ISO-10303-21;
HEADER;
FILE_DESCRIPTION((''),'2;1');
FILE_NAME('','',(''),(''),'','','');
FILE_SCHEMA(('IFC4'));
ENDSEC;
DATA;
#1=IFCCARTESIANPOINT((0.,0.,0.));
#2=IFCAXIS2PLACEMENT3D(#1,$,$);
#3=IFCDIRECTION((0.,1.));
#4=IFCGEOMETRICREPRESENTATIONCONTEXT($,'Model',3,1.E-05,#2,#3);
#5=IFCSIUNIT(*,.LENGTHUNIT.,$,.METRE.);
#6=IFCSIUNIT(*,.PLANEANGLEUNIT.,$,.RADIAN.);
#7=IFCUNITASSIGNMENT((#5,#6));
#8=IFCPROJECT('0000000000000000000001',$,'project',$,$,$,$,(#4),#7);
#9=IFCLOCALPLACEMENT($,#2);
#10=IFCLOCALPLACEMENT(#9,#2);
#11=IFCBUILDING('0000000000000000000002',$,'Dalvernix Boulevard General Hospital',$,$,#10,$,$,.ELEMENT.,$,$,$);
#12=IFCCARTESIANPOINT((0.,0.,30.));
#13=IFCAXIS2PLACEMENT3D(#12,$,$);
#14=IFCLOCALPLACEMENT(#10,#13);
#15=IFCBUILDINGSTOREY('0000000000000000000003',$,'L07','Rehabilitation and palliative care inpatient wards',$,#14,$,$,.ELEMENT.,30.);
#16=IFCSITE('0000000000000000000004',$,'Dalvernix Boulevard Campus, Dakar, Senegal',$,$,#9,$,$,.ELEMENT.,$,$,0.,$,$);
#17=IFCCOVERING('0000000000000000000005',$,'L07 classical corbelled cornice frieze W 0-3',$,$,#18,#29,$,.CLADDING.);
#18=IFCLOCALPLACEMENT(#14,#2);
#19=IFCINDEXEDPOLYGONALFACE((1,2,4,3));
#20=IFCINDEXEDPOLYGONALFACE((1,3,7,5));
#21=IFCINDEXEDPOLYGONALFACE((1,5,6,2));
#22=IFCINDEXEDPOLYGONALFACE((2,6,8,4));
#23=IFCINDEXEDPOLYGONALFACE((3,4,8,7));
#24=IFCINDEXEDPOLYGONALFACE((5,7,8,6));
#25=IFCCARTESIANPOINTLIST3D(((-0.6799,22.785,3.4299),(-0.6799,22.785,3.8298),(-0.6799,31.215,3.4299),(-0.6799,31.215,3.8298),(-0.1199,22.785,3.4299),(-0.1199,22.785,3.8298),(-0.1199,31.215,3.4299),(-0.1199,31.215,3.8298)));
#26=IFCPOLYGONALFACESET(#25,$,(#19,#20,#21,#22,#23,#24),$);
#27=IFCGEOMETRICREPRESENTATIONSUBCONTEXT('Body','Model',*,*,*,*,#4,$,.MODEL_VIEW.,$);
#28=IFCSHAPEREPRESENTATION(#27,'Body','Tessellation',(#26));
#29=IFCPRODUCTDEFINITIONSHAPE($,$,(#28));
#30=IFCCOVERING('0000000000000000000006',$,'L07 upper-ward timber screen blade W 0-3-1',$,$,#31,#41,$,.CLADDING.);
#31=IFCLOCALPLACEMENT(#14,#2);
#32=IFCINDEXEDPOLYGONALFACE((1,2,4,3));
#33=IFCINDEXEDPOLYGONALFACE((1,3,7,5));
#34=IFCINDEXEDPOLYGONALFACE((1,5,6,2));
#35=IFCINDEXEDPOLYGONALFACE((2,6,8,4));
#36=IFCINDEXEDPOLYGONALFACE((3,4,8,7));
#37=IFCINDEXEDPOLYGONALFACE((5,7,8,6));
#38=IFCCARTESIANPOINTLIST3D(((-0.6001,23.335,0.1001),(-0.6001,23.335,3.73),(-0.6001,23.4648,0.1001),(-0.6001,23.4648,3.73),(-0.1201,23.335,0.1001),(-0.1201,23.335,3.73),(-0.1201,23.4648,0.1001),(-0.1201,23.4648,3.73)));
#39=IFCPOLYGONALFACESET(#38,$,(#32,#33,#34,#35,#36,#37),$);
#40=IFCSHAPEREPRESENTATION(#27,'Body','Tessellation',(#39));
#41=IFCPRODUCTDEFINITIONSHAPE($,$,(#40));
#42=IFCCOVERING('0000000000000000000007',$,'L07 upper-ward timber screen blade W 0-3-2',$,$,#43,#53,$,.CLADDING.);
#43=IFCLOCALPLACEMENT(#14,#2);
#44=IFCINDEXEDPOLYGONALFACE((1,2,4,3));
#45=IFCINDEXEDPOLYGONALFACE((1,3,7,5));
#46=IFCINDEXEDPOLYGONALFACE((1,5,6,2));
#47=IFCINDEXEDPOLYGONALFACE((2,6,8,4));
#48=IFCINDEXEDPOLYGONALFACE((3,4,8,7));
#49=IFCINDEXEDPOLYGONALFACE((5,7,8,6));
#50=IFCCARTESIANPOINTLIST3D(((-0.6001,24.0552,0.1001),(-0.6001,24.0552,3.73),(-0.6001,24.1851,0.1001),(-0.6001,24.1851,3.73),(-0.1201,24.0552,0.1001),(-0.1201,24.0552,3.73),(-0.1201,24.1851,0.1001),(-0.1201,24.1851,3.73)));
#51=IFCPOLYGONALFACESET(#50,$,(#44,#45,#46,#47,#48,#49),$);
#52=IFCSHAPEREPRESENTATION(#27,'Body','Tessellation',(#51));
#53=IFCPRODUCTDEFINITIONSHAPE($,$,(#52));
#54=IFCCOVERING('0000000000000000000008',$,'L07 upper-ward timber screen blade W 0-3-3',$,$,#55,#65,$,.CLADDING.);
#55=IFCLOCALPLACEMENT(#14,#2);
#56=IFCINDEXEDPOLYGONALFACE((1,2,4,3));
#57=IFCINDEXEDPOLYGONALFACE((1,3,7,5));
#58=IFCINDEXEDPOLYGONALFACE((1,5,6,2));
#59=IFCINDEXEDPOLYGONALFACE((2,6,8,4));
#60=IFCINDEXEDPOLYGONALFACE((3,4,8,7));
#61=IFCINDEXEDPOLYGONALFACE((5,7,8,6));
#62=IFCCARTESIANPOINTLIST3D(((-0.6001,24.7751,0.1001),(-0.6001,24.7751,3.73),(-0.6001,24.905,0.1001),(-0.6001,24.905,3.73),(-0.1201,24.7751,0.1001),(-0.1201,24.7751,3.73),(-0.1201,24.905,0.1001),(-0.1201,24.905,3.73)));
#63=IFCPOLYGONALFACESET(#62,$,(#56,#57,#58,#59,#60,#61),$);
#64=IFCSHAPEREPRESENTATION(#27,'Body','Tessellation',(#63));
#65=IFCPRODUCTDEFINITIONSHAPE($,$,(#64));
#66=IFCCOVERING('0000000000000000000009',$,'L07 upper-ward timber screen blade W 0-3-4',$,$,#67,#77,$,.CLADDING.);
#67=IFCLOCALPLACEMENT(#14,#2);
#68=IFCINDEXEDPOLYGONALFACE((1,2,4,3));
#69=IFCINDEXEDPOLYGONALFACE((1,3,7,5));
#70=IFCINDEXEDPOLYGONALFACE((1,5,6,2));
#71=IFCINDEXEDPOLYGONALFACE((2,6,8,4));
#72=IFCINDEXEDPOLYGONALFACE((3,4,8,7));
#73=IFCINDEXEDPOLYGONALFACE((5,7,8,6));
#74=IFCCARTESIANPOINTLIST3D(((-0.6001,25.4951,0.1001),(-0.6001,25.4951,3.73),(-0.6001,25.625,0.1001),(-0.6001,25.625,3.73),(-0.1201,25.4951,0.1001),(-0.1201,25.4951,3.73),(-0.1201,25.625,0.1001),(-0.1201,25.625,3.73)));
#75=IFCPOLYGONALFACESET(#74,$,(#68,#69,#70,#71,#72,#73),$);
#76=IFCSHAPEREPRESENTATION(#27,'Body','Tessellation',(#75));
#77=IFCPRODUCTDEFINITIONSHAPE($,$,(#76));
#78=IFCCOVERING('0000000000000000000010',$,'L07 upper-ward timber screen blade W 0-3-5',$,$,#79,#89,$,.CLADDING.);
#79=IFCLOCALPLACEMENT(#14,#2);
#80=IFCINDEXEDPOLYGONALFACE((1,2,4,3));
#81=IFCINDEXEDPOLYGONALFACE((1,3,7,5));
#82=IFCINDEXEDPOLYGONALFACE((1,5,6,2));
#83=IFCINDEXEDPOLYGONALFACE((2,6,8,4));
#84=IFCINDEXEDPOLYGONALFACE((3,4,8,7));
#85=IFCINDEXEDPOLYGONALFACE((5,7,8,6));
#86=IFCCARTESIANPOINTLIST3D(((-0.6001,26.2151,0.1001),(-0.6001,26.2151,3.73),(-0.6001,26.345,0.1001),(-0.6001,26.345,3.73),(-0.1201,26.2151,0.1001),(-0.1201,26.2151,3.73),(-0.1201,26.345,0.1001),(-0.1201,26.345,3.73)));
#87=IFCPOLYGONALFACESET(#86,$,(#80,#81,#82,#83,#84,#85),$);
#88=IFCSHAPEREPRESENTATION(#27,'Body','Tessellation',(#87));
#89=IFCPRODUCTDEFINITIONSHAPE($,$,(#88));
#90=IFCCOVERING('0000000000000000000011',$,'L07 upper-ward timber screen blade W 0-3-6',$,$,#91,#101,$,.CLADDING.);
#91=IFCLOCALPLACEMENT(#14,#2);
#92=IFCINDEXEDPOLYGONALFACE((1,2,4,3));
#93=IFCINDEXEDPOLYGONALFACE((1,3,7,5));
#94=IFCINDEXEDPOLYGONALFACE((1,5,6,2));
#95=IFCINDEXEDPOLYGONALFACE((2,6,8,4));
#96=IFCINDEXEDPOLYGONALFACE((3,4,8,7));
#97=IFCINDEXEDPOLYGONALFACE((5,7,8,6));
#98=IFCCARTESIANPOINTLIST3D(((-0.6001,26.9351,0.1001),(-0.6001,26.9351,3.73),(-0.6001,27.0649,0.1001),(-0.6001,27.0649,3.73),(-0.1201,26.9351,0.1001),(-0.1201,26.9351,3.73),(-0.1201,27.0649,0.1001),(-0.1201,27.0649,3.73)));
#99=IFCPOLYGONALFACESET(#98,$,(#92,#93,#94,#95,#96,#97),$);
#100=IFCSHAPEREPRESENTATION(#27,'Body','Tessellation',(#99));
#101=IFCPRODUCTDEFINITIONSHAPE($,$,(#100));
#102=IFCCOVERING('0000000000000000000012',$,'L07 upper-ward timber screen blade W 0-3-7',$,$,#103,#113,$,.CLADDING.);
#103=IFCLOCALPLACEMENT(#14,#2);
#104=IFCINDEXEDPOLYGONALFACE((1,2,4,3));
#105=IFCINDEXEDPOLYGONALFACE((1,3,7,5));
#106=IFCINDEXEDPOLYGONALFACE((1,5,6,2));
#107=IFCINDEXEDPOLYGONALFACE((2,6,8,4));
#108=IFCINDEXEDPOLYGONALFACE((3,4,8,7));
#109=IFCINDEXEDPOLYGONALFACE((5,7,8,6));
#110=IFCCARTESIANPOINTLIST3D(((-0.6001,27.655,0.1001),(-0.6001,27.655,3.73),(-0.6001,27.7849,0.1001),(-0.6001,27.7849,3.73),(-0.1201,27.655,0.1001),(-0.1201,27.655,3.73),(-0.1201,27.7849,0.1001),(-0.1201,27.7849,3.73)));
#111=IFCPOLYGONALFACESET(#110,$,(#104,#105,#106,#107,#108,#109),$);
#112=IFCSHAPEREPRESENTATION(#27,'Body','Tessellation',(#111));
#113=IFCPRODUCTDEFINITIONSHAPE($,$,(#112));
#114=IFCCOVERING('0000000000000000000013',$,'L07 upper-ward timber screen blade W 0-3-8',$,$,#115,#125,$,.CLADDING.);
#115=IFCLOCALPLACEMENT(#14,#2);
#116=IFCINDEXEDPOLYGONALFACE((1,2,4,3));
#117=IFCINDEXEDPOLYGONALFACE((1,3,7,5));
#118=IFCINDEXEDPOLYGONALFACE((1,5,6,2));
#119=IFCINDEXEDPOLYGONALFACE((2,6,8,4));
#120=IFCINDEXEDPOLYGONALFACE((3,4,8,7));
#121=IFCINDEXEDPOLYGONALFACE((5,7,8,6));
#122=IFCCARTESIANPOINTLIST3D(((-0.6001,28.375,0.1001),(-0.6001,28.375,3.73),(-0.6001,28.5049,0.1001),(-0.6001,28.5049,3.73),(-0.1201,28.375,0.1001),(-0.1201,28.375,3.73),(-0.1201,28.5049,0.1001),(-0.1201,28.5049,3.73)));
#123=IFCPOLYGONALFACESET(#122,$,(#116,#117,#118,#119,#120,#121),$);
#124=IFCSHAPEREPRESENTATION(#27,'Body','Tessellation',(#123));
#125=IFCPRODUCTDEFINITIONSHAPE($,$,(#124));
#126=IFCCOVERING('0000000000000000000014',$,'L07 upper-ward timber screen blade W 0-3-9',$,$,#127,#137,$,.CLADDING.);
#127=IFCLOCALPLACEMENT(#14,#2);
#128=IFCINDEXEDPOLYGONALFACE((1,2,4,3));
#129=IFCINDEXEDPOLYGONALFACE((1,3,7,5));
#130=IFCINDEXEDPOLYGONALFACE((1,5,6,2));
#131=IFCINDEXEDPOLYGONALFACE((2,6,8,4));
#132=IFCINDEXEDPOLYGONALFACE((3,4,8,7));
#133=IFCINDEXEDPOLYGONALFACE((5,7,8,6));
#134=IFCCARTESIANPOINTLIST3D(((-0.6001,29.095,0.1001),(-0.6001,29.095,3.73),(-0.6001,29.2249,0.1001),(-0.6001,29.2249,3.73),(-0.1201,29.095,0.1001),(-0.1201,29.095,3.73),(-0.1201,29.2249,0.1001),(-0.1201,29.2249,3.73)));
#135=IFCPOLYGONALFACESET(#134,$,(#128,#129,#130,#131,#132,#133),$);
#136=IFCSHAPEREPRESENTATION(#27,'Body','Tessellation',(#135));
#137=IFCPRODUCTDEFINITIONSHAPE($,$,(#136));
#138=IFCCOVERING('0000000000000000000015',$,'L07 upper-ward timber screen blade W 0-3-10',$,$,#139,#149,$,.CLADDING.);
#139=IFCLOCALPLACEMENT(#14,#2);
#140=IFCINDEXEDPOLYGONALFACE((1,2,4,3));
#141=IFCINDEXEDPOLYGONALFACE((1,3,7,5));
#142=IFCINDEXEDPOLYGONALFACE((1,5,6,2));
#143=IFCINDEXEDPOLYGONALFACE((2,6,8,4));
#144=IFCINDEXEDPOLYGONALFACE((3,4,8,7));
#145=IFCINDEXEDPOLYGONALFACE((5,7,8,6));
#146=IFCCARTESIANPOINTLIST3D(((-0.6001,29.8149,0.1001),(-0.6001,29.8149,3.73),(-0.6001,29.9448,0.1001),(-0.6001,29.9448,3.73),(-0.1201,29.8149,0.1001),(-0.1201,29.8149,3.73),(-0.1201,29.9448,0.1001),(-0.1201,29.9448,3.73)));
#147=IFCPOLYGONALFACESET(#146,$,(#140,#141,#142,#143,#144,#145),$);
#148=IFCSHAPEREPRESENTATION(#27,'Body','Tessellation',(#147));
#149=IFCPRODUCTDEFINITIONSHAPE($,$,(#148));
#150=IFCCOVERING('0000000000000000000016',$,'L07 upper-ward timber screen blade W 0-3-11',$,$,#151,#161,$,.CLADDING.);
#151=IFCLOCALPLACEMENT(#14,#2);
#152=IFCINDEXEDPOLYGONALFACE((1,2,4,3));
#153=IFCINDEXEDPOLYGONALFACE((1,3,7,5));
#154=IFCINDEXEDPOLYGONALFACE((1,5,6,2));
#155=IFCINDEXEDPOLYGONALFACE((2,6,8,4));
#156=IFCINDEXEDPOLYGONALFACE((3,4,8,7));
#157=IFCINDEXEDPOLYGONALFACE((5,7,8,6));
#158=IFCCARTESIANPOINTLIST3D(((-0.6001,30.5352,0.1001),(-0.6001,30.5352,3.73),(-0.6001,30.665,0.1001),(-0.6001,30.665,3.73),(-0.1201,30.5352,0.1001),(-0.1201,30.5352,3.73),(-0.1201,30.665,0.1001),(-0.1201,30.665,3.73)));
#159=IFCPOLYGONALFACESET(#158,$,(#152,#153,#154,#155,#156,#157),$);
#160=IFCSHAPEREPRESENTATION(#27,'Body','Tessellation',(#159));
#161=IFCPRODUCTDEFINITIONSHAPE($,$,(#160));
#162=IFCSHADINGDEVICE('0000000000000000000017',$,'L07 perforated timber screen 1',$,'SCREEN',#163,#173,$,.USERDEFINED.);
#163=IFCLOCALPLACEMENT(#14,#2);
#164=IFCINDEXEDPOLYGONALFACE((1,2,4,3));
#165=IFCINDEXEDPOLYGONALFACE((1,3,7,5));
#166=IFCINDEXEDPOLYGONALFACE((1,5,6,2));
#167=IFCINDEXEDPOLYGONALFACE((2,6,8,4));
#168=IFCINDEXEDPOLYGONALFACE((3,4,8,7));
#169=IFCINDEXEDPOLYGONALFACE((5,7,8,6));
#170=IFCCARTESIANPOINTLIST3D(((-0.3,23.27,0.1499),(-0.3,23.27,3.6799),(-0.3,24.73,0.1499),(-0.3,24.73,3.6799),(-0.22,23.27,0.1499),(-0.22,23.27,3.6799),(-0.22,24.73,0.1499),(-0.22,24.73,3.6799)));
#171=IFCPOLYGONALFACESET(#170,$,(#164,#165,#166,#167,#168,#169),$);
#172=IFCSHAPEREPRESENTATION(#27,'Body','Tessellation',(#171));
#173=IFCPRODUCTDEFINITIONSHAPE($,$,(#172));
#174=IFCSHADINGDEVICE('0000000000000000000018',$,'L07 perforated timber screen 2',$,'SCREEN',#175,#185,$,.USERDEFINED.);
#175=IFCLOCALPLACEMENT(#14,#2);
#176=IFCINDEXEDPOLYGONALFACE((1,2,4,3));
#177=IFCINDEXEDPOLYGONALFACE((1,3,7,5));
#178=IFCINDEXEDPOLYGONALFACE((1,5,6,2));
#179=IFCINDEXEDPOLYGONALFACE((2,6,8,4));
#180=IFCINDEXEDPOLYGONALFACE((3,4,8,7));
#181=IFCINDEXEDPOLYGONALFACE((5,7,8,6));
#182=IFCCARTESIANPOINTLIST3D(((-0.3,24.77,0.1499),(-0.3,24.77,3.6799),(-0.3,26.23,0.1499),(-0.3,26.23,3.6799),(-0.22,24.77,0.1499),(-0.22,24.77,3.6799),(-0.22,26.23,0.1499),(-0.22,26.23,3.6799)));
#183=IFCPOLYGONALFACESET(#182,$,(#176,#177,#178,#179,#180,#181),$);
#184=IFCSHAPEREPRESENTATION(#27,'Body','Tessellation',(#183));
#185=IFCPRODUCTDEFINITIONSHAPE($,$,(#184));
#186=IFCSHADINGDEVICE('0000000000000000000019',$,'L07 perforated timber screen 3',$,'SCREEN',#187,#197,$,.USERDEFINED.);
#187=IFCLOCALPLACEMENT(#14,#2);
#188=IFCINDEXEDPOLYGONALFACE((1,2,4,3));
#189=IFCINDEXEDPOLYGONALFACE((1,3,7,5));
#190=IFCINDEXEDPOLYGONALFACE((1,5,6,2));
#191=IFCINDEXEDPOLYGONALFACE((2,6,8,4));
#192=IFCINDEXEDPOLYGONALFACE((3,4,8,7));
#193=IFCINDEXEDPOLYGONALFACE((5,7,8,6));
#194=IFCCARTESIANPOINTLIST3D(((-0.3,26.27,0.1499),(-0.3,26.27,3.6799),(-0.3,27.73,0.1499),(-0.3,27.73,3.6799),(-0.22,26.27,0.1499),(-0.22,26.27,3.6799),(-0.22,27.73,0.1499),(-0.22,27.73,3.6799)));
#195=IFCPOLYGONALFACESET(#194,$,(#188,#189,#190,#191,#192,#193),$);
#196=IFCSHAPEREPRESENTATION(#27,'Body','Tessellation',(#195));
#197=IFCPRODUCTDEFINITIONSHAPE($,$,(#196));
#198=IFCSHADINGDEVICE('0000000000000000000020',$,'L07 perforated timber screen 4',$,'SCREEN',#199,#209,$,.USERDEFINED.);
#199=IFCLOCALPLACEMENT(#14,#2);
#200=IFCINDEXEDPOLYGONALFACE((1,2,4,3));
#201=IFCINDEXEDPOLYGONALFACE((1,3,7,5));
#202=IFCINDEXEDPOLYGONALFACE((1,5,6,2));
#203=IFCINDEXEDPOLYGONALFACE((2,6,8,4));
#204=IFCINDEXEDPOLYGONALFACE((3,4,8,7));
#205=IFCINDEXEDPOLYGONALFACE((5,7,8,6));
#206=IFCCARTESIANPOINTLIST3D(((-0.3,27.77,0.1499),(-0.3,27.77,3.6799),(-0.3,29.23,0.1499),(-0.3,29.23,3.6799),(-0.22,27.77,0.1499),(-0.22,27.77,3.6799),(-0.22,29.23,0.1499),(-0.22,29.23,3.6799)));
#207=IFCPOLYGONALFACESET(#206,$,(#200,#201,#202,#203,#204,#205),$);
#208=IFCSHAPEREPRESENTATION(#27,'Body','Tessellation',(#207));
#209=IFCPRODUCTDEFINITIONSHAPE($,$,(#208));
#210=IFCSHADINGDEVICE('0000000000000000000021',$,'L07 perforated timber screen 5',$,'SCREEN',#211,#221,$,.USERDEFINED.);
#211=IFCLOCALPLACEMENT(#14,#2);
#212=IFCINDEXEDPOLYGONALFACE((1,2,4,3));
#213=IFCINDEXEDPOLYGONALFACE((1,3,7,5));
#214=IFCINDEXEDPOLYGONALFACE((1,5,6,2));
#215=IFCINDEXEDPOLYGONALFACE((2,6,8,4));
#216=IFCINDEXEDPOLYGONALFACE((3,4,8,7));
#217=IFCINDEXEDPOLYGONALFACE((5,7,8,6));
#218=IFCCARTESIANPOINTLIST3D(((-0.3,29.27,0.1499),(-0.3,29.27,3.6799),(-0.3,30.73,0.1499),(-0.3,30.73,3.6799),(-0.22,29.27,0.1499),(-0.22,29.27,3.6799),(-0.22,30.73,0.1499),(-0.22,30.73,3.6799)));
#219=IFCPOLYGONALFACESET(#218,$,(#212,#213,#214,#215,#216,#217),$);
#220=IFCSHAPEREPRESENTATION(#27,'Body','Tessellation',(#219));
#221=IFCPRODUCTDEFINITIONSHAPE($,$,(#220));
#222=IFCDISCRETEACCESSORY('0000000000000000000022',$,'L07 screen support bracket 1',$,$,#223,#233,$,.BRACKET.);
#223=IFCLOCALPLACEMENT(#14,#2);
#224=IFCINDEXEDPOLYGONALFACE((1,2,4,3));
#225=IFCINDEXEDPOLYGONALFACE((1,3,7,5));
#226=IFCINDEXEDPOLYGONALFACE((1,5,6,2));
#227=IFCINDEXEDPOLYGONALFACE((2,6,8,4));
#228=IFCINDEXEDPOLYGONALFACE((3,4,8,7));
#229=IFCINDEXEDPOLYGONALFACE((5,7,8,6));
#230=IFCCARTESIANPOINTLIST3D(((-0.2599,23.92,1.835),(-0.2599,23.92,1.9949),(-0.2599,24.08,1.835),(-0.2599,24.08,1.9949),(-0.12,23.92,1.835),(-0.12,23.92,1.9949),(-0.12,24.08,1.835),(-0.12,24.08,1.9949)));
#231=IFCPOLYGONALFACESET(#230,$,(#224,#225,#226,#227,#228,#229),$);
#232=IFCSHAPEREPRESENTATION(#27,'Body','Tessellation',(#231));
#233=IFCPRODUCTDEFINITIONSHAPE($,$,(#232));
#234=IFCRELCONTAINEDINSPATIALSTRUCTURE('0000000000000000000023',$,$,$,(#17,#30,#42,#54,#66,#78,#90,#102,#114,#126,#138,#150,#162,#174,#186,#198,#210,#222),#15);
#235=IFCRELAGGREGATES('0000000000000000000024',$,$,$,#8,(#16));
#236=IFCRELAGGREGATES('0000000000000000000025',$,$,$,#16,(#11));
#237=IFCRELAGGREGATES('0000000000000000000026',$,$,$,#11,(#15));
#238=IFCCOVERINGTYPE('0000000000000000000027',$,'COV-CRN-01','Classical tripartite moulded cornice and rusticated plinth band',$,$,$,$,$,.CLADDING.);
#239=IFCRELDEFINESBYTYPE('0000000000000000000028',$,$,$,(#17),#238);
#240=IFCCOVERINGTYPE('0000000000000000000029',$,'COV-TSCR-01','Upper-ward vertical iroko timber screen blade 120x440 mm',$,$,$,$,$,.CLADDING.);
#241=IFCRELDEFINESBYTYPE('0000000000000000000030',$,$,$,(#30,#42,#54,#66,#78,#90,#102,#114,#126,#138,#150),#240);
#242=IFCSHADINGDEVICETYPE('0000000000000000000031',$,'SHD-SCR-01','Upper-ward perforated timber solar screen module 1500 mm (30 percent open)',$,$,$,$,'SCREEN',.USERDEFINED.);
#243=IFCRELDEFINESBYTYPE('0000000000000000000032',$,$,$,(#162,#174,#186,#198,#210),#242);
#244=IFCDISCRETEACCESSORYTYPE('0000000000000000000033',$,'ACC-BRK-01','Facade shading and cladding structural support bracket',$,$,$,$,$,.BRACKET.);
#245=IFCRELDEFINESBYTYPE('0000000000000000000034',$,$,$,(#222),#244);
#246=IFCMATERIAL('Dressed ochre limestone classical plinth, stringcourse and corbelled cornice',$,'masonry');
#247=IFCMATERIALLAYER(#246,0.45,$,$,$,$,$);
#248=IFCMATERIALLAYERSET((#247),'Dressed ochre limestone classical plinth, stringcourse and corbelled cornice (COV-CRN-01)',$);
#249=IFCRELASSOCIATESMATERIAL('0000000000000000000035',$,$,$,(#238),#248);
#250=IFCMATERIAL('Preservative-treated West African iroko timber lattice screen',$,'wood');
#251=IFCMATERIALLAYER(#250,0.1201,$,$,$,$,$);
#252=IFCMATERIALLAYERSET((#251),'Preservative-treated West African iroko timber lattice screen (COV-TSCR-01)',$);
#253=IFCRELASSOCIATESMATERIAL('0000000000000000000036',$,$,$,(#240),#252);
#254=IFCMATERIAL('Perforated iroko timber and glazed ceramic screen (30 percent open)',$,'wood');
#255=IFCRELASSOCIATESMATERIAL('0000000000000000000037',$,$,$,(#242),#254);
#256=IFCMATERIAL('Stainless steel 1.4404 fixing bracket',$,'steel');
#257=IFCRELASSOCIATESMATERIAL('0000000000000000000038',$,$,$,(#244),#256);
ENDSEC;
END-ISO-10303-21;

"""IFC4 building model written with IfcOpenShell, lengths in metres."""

from ifc_helpers import new_model, si_unit, direction, frame, origin, origin_2d, place, context, subcontext, project, spatial, rectangle, extrude, material, layer, layer_set, type_object, element, save


model = new_model("IFC4")

# Units and contexts
model_context = context("Model", 3, precision=1e-05, world=origin(), true_north=direction((0.0, 1.0)))
body_context = subcontext(model_context, "Body", "Model", "MODEL_VIEW")
ifc_project = project(units=[si_unit("LENGTHUNIT", "METRE"), si_unit("PLANEANGLEUNIT", "RADIAN")], contexts=[model_context])

# Site, building, storey
site_placement = place(None, origin())
site = spatial("IfcSite", under=ifc_project, at=site_placement, Name="Dalvernix Boulevard Campus, Dakar, Senegal", CompositionType="ELEMENT", RefElevation=0.0)
building_placement = place(site_placement, origin())
building = spatial("IfcBuilding", under=site, at=building_placement, Name="Dalvernix Boulevard General Hospital", CompositionType="ELEMENT")
storey_placement = place(building_placement, frame((0.0, 0.0, 30.0)))
storey = spatial("IfcBuildingStorey", under=building, at=storey_placement, Name="L07", Description="Rehabilitation and palliative care inpatient wards", CompositionType="ELEMENT", Elevation=30.0)

# Coverings
ifc_material_1 = material(Name="Dressed ochre limestone classical plinth, stringcourse and corbelled cornice", Category="masonry")
ifc_layer_1 = layer(ifc_material_1, 0.45)
ifc_layer_set_1 = layer_set([ifc_layer_1], Name="Dressed ochre limestone classical plinth, stringcourse and corbelled cornice (COV-CRN-01)")
covering_type_1 = type_object("IfcCoveringType", Name="COV-CRN-01", Description="Classical tripartite moulded cornice and rusticated plinth band", PredefinedType="CLADDING", material=ifc_layer_set_1)
covering_placement = place(storey_placement, frame((-0.3999, 27.0, 3.4299), z_axis=(0.0, 0.0, 1.0), x_axis=(0.0, 1.0, 0.0)))
element("IfcCovering", 1, at=covering_placement, inside=storey, type_object=covering_type_1, Name="L07 classical corbelled cornice frieze W 0-3", PredefinedType="CLADDING", context=body_context, shape_type="SweptSolid", body=[
    extrude(rectangle(XDim=8.4299, YDim=0.5601, at=origin_2d()), origin(), (0.0, 0.0, 1.0), 0.3999),
])
ifc_material_2 = material(Name="Preservative-treated West African iroko timber lattice screen", Category="wood")
ifc_layer_2 = layer(ifc_material_2, 0.1201)
ifc_layer_set_2 = layer_set([ifc_layer_2], Name="Preservative-treated West African iroko timber lattice screen (COV-TSCR-01)")
covering_type_2 = type_object("IfcCoveringType", Name="COV-TSCR-01", Description="Upper-ward vertical iroko timber screen blade 120x440 mm", PredefinedType="CLADDING", material=ifc_layer_set_2)
for number, where, z_axis, x_axis, name in (
    (2, (-0.3601, 23.3999, 0.1001), (0.0, 0.0, 1.0), (0.0, 1.0, 0.0), "L07 upper-ward timber screen blade W 0-3-1"),
    (3, (-0.3601, 24.1201, 0.1001), (0.0, 0.0, 1.0), (0.0, 1.0, 0.0), "L07 upper-ward timber screen blade W 0-3-2"),
    (4, (-0.3601, 24.8401, 0.1001), (0.0, 0.0, 1.0), (0.0, 1.0, 0.0), "L07 upper-ward timber screen blade W 0-3-3"),
    (5, (-0.3601, 25.5601, 0.1001), (0.0, 0.0, 1.0), (0.0, 1.0, 0.0), "L07 upper-ward timber screen blade W 0-3-4"),
    (6, (-0.3601, 26.28, 0.1001), (0.0, 0.0, 1.0), (0.0, 1.0, 0.0), "L07 upper-ward timber screen blade W 0-3-5"),
    (7, (-0.3601, 27.0, 0.1001), (0.0, 0.0, 1.0), (0.0, 1.0, 0.0), "L07 upper-ward timber screen blade W 0-3-6"),
    (8, (-0.3601, 27.72, 0.1001), (0.0, 0.0, 1.0), (0.0, 1.0, 0.0), "L07 upper-ward timber screen blade W 0-3-7"),
    (9, (-0.3601, 28.4399, 0.1001), (0.0, 0.0, 1.0), (0.0, 1.0, 0.0), "L07 upper-ward timber screen blade W 0-3-8"),
    (10, (-0.3601, 29.1599, 0.1001), (0.0, 0.0, 1.0), (0.0, 1.0, 0.0), "L07 upper-ward timber screen blade W 0-3-9"),
    (11, (-0.3601, 29.8799, 0.1001), (0.0, 0.0, 1.0), (0.0, 1.0, 0.0), "L07 upper-ward timber screen blade W 0-3-10"),
    (12, (-0.3601, 30.6001, 0.1001), (0.0, 0.0, 1.0), (0.0, 1.0, 0.0), "L07 upper-ward timber screen blade W 0-3-11"),
):
    element("IfcCovering", number, at=place(storey_placement, frame(where, z_axis=z_axis, x_axis=x_axis)), inside=storey, type_object=covering_type_2, Name=name, PredefinedType="CLADDING", context=body_context, shape_type="SweptSolid", body=[
        extrude(rectangle(XDim=0.1299, YDim=0.48, at=origin_2d()), origin(), (0.0, 0.0, 1.0), 3.6299),
    ])

# Shading devices
ifc_material_3 = material(Name="Perforated iroko timber and glazed ceramic screen (30 percent open)", Category="wood")
shading_device_type = type_object("IfcShadingDeviceType", Name="SHD-SCR-01", Description="Upper-ward perforated timber solar screen module 1500 mm (30 percent open)", ElementType="SCREEN", PredefinedType="USERDEFINED", material=ifc_material_3)
for number, where, z_axis, x_axis, name in (
    (13, (-0.26, 24.0, 0.1499), (0.0, 0.0, 1.0), (0.0, 1.0, 0.0), "L07 perforated timber screen 1"),
    (14, (-0.26, 25.5, 0.1499), (0.0, 0.0, 1.0), (0.0, 1.0, 0.0), "L07 perforated timber screen 2"),
    (15, (-0.26, 27.0, 0.1499), (0.0, 0.0, 1.0), (0.0, 1.0, 0.0), "L07 perforated timber screen 3"),
    (16, (-0.26, 28.5, 0.1499), (0.0, 0.0, 1.0), (0.0, 1.0, 0.0), "L07 perforated timber screen 4"),
    (17, (-0.26, 30.0, 0.1499), (0.0, 0.0, 1.0), (0.0, 1.0, 0.0), "L07 perforated timber screen 5"),
):
    element("IfcShadingDevice", number, at=place(storey_placement, frame(where, z_axis=z_axis, x_axis=x_axis)), inside=storey, type_object=shading_device_type, Name=name, ObjectType="SCREEN", PredefinedType="USERDEFINED", context=body_context, shape_type="SweptSolid", body=[
        extrude(rectangle(XDim=1.46, YDim=0.0801, at=origin_2d()), origin(), (0.0, 0.0, 1.0), 3.53),
    ])

# Discrete accessory
ifc_material_4 = material(Name="Stainless steel 1.4404 fixing bracket", Category="steel")
discrete_accessory_type = type_object("IfcDiscreteAccessoryType", Name="ACC-BRK-01", Description="Facade shading and cladding structural support bracket", PredefinedType="BRACKET", material=ifc_material_4)
discrete_accessory_placement = place(storey_placement, frame((-0.1899, 24.0, 1.835), z_axis=(0.0, 0.0, 1.0), x_axis=(0.0, 1.0, 0.0)))
element("IfcDiscreteAccessory", 18, at=discrete_accessory_placement, inside=storey, type_object=discrete_accessory_type, Name="L07 screen support bracket 1", PredefinedType="BRACKET", context=body_context, shape_type="SweptSolid", body=[
    extrude(rectangle(XDim=0.1599, YDim=0.1399, at=origin_2d()), origin(), (0.0, 0.0, 1.0), 0.1599),
])

save(model, "model.ifc")
